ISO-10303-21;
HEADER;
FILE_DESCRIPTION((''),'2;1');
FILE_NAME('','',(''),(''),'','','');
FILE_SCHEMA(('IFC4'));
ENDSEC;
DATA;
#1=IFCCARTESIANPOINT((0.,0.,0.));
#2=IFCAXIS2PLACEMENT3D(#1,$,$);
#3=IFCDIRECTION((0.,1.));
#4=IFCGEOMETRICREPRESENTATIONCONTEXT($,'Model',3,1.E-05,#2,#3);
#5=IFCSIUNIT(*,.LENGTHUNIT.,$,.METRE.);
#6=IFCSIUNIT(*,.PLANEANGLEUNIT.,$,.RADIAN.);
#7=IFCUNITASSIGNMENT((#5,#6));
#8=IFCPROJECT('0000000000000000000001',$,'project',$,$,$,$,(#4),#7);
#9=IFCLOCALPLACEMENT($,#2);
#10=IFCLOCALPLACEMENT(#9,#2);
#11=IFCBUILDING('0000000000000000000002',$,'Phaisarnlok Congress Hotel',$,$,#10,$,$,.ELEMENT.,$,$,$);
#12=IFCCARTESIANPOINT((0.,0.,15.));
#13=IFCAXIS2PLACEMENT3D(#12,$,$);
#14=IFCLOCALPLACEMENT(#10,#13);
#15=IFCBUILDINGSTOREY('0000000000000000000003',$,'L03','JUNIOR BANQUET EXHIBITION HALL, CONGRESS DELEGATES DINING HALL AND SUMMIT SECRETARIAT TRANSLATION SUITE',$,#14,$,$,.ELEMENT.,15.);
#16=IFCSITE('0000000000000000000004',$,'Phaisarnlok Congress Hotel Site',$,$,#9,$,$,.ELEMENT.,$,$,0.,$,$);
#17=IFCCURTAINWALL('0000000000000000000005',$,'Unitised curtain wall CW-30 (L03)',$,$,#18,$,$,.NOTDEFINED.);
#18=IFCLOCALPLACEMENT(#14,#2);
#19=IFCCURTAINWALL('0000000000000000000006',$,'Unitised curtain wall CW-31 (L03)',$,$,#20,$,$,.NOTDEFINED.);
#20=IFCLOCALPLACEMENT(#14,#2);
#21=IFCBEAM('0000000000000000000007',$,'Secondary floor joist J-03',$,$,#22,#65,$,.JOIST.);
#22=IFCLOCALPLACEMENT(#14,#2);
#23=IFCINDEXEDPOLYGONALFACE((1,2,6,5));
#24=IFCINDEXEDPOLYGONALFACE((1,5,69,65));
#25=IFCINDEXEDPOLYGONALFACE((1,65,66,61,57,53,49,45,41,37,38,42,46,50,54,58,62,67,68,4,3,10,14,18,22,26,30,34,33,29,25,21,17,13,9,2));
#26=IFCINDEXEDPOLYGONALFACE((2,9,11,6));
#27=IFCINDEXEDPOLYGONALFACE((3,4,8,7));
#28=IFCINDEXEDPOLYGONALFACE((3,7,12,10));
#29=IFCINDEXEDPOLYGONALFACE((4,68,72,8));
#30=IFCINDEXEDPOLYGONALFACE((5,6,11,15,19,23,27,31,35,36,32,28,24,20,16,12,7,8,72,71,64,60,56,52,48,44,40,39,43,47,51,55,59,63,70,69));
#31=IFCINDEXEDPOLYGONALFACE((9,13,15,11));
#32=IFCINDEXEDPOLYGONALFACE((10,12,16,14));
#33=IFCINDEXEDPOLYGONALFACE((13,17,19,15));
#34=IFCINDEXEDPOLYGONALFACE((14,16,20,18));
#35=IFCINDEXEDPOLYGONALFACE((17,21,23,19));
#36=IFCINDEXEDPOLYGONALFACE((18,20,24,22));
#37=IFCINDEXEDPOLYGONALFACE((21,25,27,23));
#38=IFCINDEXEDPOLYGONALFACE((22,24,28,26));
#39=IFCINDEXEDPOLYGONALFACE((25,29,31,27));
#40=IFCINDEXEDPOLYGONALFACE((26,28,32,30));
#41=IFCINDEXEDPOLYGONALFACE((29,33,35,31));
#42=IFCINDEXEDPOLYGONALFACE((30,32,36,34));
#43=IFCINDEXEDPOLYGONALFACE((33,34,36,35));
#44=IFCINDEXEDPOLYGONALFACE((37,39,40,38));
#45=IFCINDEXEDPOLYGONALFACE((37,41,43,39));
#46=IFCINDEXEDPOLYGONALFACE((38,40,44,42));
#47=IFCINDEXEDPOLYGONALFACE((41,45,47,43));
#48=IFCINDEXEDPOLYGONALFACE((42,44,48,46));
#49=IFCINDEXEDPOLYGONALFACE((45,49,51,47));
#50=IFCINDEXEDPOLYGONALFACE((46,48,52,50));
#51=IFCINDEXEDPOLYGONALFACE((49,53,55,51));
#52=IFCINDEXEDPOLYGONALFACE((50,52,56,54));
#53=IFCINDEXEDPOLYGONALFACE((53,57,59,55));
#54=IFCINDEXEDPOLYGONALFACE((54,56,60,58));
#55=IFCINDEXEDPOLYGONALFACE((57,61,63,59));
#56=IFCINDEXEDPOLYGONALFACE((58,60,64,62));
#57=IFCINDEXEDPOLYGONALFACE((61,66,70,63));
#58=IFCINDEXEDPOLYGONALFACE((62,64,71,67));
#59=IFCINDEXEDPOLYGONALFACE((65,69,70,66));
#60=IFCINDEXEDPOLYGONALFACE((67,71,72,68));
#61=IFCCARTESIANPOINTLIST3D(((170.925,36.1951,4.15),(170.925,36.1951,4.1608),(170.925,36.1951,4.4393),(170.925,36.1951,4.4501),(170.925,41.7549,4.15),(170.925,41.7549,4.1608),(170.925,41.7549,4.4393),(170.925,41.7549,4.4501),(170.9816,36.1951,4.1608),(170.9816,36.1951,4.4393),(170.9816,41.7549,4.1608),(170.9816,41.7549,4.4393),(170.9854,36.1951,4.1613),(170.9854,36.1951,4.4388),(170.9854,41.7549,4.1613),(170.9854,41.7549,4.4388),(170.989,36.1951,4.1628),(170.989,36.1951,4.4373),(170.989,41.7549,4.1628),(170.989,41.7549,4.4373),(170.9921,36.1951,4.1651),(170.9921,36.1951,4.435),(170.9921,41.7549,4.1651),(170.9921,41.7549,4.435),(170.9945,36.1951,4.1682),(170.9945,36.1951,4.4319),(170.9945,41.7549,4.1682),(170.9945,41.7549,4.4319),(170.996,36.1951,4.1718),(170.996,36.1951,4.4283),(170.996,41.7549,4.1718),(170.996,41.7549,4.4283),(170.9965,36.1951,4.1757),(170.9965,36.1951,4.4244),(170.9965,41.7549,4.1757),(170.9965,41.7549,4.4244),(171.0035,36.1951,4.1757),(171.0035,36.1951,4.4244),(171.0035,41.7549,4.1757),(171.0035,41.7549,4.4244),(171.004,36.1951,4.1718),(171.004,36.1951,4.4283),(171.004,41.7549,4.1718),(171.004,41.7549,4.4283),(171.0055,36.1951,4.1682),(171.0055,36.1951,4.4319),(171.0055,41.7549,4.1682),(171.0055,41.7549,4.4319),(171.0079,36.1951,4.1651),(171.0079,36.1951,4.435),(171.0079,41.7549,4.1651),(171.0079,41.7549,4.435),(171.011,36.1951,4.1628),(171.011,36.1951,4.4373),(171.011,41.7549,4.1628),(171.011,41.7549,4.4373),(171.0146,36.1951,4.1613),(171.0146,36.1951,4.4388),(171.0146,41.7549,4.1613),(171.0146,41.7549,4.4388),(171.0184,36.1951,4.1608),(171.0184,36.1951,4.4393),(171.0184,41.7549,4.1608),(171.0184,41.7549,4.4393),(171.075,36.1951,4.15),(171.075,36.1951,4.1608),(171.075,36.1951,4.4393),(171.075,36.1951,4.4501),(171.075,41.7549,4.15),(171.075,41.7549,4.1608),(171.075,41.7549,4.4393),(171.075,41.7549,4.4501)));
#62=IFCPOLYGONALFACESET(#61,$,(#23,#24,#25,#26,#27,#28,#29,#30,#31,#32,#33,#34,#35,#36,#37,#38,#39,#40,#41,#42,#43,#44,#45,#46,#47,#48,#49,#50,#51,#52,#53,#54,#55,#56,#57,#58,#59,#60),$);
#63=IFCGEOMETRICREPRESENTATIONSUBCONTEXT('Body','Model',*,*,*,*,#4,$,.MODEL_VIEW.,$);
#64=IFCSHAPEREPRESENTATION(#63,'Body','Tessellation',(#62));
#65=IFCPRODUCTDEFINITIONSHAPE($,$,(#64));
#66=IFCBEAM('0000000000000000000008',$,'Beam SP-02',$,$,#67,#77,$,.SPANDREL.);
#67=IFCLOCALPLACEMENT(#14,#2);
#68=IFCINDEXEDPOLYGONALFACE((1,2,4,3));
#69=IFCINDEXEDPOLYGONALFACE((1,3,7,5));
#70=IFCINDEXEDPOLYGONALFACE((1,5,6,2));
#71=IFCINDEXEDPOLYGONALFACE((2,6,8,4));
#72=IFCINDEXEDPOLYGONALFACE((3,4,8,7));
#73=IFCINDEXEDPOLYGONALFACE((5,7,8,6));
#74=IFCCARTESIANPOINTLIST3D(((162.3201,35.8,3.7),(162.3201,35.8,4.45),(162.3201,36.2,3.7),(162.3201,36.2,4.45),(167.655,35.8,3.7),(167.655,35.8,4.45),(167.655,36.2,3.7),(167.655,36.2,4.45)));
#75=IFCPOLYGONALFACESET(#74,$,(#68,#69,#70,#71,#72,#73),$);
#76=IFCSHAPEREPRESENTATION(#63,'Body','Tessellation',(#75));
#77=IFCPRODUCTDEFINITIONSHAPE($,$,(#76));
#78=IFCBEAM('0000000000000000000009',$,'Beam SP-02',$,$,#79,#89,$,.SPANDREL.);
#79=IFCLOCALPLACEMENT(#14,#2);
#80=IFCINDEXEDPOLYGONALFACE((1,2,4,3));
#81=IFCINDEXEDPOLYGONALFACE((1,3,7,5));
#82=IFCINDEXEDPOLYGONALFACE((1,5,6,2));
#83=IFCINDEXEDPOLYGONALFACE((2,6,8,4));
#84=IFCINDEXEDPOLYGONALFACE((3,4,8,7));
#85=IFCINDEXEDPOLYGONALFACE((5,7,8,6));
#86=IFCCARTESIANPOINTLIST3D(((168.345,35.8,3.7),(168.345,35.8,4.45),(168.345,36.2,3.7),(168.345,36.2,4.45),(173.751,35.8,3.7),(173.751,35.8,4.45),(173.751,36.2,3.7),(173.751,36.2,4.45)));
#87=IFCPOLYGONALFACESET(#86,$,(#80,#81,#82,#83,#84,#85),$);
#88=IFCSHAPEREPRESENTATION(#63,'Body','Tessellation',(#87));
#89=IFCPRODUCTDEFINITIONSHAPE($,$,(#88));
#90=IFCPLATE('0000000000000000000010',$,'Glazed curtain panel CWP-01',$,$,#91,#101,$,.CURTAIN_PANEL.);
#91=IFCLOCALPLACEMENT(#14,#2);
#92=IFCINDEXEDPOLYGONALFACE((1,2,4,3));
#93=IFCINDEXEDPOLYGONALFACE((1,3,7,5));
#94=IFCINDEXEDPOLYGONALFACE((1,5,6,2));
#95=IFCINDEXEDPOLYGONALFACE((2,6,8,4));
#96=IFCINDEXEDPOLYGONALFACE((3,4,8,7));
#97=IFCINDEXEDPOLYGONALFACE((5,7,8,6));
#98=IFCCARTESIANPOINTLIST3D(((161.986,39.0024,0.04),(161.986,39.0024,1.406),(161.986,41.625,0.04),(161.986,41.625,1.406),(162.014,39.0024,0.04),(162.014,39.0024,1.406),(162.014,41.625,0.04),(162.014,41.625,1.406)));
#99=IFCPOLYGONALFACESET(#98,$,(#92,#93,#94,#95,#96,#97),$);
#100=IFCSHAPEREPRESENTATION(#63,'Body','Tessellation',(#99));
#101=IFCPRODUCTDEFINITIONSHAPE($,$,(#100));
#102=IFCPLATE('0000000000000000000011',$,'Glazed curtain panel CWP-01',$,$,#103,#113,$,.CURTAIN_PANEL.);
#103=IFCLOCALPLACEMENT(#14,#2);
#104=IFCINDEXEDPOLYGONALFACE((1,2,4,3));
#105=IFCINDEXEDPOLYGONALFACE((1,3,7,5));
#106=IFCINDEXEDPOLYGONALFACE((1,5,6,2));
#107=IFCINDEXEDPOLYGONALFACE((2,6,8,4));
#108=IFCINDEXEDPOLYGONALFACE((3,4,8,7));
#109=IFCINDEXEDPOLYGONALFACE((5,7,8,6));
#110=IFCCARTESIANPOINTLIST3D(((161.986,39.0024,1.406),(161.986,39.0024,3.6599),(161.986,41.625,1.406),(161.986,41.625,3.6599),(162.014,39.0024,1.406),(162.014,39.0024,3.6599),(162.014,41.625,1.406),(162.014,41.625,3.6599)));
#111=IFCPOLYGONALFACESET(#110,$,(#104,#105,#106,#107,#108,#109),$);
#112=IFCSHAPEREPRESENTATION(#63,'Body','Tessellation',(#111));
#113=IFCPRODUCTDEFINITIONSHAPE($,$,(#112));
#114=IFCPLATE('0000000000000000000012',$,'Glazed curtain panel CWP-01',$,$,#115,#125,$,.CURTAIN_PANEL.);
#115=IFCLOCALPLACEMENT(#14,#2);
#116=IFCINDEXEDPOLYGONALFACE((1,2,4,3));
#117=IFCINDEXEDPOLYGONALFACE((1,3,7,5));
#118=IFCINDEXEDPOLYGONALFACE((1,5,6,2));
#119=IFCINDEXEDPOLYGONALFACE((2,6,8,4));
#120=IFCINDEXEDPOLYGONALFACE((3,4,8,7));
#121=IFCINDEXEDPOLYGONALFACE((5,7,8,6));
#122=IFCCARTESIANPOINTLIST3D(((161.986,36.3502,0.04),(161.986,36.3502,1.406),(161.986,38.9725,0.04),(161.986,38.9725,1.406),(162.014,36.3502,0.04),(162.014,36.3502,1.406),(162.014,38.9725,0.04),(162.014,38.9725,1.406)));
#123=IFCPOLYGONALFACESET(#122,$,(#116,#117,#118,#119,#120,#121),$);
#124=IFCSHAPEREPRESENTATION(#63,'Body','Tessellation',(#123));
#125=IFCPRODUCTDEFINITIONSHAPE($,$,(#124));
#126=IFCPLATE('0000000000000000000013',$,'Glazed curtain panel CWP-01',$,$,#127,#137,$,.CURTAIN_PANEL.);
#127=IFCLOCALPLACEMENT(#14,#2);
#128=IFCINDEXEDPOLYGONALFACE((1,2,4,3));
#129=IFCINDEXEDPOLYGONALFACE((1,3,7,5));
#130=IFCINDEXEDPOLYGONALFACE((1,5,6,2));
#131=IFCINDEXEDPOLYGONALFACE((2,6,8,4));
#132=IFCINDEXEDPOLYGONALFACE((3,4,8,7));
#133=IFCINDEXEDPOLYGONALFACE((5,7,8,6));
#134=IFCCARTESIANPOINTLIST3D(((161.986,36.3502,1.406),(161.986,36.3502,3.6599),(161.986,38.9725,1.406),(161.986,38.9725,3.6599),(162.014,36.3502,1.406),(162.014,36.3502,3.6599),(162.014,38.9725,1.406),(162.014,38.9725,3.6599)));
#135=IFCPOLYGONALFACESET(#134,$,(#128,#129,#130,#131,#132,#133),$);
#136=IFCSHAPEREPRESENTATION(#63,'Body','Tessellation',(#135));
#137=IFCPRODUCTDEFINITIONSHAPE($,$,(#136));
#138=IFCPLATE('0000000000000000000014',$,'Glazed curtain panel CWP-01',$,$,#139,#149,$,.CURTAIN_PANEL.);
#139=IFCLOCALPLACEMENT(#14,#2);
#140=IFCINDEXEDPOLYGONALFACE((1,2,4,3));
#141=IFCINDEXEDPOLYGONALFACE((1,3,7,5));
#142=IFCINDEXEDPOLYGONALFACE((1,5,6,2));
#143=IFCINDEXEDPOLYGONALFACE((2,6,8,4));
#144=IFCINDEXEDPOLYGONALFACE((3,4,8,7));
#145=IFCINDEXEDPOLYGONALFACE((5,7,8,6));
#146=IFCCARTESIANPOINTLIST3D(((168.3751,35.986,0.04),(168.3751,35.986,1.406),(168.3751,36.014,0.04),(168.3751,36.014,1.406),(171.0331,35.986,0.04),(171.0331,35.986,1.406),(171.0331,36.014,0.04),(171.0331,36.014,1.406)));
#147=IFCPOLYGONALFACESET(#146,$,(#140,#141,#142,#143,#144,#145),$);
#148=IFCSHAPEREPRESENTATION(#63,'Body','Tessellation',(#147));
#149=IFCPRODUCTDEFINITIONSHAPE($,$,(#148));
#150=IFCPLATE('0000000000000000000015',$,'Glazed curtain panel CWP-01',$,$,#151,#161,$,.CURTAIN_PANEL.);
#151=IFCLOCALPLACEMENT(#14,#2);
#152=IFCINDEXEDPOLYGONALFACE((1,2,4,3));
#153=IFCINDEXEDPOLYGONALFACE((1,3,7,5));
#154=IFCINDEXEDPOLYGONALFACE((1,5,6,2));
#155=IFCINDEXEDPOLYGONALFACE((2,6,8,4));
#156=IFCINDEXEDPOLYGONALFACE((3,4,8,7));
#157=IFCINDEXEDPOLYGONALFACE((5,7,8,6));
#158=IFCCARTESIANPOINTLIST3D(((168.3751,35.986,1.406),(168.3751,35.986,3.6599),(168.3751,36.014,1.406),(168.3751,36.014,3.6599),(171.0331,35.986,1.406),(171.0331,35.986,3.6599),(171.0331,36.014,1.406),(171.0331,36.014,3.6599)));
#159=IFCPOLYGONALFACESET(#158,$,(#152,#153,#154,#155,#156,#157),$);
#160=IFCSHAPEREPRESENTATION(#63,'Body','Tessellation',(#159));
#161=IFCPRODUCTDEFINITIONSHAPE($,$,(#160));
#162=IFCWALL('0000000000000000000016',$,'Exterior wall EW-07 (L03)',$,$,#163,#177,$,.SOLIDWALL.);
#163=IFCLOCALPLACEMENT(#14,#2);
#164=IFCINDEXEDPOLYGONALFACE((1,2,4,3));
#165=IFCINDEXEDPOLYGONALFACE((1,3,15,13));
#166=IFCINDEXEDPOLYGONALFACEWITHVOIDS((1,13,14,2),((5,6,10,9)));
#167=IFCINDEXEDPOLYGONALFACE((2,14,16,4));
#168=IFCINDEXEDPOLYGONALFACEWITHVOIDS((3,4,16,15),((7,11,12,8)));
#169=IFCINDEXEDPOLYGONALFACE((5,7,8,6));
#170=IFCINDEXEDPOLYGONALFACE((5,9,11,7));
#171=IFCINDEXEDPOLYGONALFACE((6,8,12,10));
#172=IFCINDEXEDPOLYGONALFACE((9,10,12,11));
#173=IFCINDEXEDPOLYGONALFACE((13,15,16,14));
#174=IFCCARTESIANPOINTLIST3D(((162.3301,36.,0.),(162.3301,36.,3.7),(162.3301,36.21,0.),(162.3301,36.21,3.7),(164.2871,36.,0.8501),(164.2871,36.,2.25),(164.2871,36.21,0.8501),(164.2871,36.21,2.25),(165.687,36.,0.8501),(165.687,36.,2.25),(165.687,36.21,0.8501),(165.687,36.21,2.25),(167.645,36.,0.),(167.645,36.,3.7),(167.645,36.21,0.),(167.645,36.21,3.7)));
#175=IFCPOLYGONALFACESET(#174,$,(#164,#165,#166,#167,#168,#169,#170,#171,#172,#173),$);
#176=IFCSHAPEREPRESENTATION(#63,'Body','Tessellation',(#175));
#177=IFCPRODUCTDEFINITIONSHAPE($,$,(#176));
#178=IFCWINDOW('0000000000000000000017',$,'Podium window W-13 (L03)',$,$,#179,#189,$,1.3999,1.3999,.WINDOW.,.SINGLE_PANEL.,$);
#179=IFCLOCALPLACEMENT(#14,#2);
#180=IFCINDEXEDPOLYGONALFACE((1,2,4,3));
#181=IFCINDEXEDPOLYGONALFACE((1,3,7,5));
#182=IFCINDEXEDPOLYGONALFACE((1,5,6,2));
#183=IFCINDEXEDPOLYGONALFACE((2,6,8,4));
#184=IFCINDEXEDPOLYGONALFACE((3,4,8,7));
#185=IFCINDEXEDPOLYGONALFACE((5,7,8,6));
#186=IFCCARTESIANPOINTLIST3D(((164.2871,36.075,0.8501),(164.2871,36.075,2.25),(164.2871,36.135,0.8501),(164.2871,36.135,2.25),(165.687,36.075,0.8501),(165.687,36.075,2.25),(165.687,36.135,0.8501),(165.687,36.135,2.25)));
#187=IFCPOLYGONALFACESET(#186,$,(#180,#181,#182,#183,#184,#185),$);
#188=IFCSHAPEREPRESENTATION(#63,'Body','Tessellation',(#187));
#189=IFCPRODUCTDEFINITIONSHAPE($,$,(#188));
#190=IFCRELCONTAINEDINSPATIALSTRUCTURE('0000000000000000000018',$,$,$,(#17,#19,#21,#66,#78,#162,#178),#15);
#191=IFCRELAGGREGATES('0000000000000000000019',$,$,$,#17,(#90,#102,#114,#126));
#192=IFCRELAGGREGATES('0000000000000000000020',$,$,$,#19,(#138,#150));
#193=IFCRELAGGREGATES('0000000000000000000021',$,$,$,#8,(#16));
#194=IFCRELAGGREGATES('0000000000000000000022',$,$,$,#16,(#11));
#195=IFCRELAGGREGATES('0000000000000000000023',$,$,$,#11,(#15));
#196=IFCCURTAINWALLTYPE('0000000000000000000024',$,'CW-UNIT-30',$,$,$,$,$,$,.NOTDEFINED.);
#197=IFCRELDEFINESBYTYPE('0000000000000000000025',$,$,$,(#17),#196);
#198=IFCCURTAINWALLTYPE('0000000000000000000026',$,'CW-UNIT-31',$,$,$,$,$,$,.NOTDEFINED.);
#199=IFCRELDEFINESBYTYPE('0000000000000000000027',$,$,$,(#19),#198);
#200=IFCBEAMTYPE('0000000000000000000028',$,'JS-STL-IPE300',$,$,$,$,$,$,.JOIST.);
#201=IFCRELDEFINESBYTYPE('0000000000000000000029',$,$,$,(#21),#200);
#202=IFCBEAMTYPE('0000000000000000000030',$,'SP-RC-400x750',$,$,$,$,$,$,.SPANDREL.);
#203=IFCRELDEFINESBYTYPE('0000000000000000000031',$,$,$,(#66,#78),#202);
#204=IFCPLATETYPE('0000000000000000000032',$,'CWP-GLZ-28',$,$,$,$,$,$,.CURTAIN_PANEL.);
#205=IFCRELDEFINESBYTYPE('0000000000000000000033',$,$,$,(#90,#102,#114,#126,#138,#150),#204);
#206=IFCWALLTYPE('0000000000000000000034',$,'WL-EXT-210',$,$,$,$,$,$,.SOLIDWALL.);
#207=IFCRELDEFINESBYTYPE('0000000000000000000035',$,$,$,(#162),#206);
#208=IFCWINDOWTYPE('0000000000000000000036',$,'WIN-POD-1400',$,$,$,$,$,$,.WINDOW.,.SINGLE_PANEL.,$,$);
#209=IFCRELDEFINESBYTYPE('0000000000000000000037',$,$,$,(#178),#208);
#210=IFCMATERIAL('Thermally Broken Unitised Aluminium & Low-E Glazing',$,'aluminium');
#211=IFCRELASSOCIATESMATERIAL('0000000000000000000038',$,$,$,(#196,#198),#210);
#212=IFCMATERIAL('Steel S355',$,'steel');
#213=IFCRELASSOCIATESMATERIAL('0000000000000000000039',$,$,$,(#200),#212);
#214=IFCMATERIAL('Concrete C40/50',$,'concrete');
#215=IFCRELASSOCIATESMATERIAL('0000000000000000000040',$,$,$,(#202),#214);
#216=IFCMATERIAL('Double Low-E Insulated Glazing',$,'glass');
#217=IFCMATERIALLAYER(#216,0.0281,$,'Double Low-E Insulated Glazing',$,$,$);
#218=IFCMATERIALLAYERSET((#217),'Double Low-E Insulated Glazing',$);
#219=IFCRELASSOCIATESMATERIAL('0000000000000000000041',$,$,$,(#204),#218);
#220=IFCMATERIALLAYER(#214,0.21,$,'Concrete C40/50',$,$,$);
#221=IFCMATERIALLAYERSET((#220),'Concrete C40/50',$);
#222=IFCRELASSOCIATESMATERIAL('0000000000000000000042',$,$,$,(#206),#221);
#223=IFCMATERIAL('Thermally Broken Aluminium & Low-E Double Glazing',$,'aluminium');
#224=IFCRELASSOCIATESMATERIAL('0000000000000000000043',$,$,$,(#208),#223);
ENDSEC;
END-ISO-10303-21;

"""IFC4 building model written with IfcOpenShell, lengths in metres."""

from ifc_helpers import new_model, si_unit, direction, frame, frame_2d, origin, origin_2d, place, context, subcontext, project, spatial, rectangle, i_section, extrude, material, layer, layer_set, material_profile, profile_set, type_object, element, fill, aggregate, save


model = new_model("IFC4")

# Units and contexts
model_context = context("Model", 3, precision=1e-05, world=origin(), true_north=direction((0.0, 1.0)))
body_context = subcontext(model_context, "Body", "Model", "MODEL_VIEW")
ifc_project = project(units=[si_unit("LENGTHUNIT", "METRE"), si_unit("PLANEANGLEUNIT", "RADIAN")], contexts=[model_context])

# Site, building, storey
site_placement = place(None, origin())
site = spatial("IfcSite", under=ifc_project, at=site_placement, Name="Phaisarnlok Congress Hotel Site", CompositionType="ELEMENT", RefElevation=0.0)
building_placement = place(site_placement, origin())
building = spatial("IfcBuilding", under=site, at=building_placement, Name="Phaisarnlok Congress Hotel", CompositionType="ELEMENT")
storey_placement = place(building_placement, frame((0.0, 0.0, 15.0)))
storey = spatial("IfcBuildingStorey", under=building, at=storey_placement, Name="L03", Description="JUNIOR BANQUET EXHIBITION HALL, CONGRESS DELEGATES DINING HALL AND SUMMIT SECRETARIAT TRANSLATION SUITE", CompositionType="ELEMENT", Elevation=15.0)

# Shared definitions
ifc_material_1 = material(Name="Concrete C40/50", Category="concrete")

# Curtain walls
ifc_material_2 = material(Name="Thermally Broken Unitised Aluminium & Low-E Glazing", Category="aluminium")
curtain_wall_type_1 = type_object("IfcCurtainWallType", Name="CW-UNIT-30", PredefinedType="NOTDEFINED", material=ifc_material_2)
curtain_wall_1_placement = place(storey_placement, origin())
curtain_wall_1 = element("IfcCurtainWall", 1, at=curtain_wall_1_placement, inside=storey, type_object=curtain_wall_type_1, Name="Unitised curtain wall CW-30 (L03)", PredefinedType="NOTDEFINED")
curtain_wall_type_2 = type_object("IfcCurtainWallType", Name="CW-UNIT-31", PredefinedType="NOTDEFINED", material=ifc_material_2)
curtain_wall_2_placement = place(storey_placement, origin())
curtain_wall_2 = element("IfcCurtainWall", 2, at=curtain_wall_2_placement, inside=storey, type_object=curtain_wall_type_2, Name="Unitised curtain wall CW-31 (L03)", PredefinedType="NOTDEFINED")

# Beams
ifc_material_3 = material(Name="Steel S355", Category="steel")
ifc_material_profile_1 = material_profile(ifc_material_3, i_section(OverallWidth=0.1499, OverallDepth=0.3, WebThickness=0.0071, FlangeThickness=0.0107, FilletRadius=0.0149, at=origin_2d()), Name="IPE 300")
ifc_profile_set_1 = profile_set([ifc_material_profile_1], Name="Steel S355")
beam_type_1 = type_object("IfcBeamType", Name="JS-STL-IPE300", PredefinedType="JOIST", material=ifc_profile_set_1)
for number, where, z_axis, x_axis, name in (
    (3, (171.0, 36.1951, 4.3), (0.0, 1.0, 0.0), (-1.0, 0.0, 0.0), "Secondary floor joist J-03"),
):
    element("IfcBeam", number, at=place(storey_placement, frame(where, z_axis=z_axis, x_axis=x_axis)), inside=storey, type_object=beam_type_1, Name=name, PredefinedType="JOIST", context=body_context, shape_type="SweptSolid", body=[
        extrude(i_section(OverallWidth=0.1499, OverallDepth=0.3, WebThickness=0.0071, FlangeThickness=0.0107, FilletRadius=0.0149, at=origin_2d()), origin(), (0.0, 0.0, 1.0), 5.5598),
    ])
ifc_material_profile_2 = material_profile(ifc_material_1, rectangle(XDim=0.3999, YDim=0.75, at=origin_2d()), Name="RC 400x750")
ifc_profile_set_2 = profile_set([ifc_material_profile_2], Name="Concrete C40/50")
beam_type_2 = type_object("IfcBeamType", Name="SP-RC-400x750", PredefinedType="SPANDREL", material=ifc_profile_set_2)
beam_1_placement = place(storey_placement, frame((162.3201, 36.0, 4.075), z_axis=(1.0, 0.0, 0.0), x_axis=(0.0, 1.0, 0.0)))
element("IfcBeam", 4, at=beam_1_placement, inside=storey, type_object=beam_type_2, Name="Beam SP-02", PredefinedType="SPANDREL", context=body_context, shape_type="SweptSolid", body=[
    extrude(rectangle(XDim=0.3999, YDim=0.75, at=origin_2d()), origin(), (0.0, 0.0, 1.0), 5.335),
])
beam_2_placement = place(storey_placement, frame((168.345, 36.0, 4.075), z_axis=(1.0, 0.0, 0.0), x_axis=(0.0, 1.0, 0.0)))
element("IfcBeam", 5, at=beam_2_placement, inside=storey, type_object=beam_type_2, Name="Beam SP-02", PredefinedType="SPANDREL", context=body_context, shape_type="SweptSolid", body=[
    extrude(rectangle(XDim=0.3999, YDim=0.75, at=origin_2d()), origin(), (0.0, 0.0, 1.0), 5.406),
])

# Plates
ifc_material_4 = material(Name="Double Low-E Insulated Glazing", Category="glass")
ifc_layer_1 = layer(ifc_material_4, 0.0281, Name="Double Low-E Insulated Glazing")
ifc_layer_set_1 = layer_set([ifc_layer_1], Name="Double Low-E Insulated Glazing")
plate_type = type_object("IfcPlateType", Name="CWP-GLZ-28", PredefinedType="CURTAIN_PANEL", material=ifc_layer_set_1)
plate_1_placement = place(storey_placement, frame((162.0, 41.625, 0.04), z_axis=(0.0, 0.0, 1.0), x_axis=(0.0, -1.0, 0.0)))
plate_1 = element("IfcPlate", 6, at=plate_1_placement, type_object=plate_type, Name="Glazed curtain panel CWP-01", PredefinedType="CURTAIN_PANEL", context=body_context, shape_type="SweptSolid", body=[
    extrude(rectangle(XDim=2.6226, YDim=0.0281, at=frame_2d((1.3113, 0.0))), origin(), (0.0, 0.0, 1.0), 1.366),
])
plate_2_placement = place(storey_placement, frame((162.0, 41.625, 1.406), z_axis=(0.0, 0.0, 1.0), x_axis=(0.0, -1.0, 0.0)))
plate_2 = element("IfcPlate", 7, at=plate_2_placement, type_object=plate_type, Name="Glazed curtain panel CWP-01", PredefinedType="CURTAIN_PANEL", context=body_context, shape_type="SweptSolid", body=[
    extrude(rectangle(XDim=2.6226, YDim=0.0281, at=frame_2d((1.3113, 0.0))), origin(), (0.0, 0.0, 1.0), 2.2539),
])
plate_3_placement = place(storey_placement, frame((162.0, 38.9724, 0.04), z_axis=(0.0, 0.0, 1.0), x_axis=(0.0, -1.0, 0.0)))
plate_3 = element("IfcPlate", 8, at=plate_3_placement, type_object=plate_type, Name="Glazed curtain panel CWP-01", PredefinedType="CURTAIN_PANEL", context=body_context, shape_type="SweptSolid", body=[
    extrude(rectangle(XDim=2.6223, YDim=0.0281, at=frame_2d((1.311, 0.0))), origin(), (0.0, 0.0, 1.0), 1.366),
])
plate_4_placement = place(storey_placement, frame((162.0, 38.9724, 1.406), z_axis=(0.0, 0.0, 1.0), x_axis=(0.0, -1.0, 0.0)))
plate_4 = element("IfcPlate", 9, at=plate_4_placement, type_object=plate_type, Name="Glazed curtain panel CWP-01", PredefinedType="CURTAIN_PANEL", context=body_context, shape_type="SweptSolid", body=[
    extrude(rectangle(XDim=2.6223, YDim=0.0281, at=frame_2d((1.311, 0.0))), origin(), (0.0, 0.0, 1.0), 2.2539),
])
aggregate(curtain_wall_1, [plate_1, plate_2, plate_3, plate_4])
plate_5_placement = place(storey_placement, frame((168.375, 36.0, 0.04), z_axis=(0.0, 0.0, 1.0), x_axis=(1.0, 0.0, 0.0)))
plate_5 = element("IfcPlate", 10, at=plate_5_placement, type_object=plate_type, Name="Glazed curtain panel CWP-01", PredefinedType="CURTAIN_PANEL", context=body_context, shape_type="SweptSolid", body=[
    extrude(rectangle(XDim=2.658, YDim=0.0281, at=frame_2d((1.3291, 0.0))), origin(), (0.0, 0.0, 1.0), 1.366),
])
plate_6_placement = place(storey_placement, frame((168.375, 36.0, 1.406), z_axis=(0.0, 0.0, 1.0), x_axis=(1.0, 0.0, 0.0)))
plate_6 = element("IfcPlate", 11, at=plate_6_placement, type_object=plate_type, Name="Glazed curtain panel CWP-01", PredefinedType="CURTAIN_PANEL", context=body_context, shape_type="SweptSolid", body=[
    extrude(rectangle(XDim=2.658, YDim=0.0281, at=frame_2d((1.3291, 0.0))), origin(), (0.0, 0.0, 1.0), 2.2539),
])
aggregate(curtain_wall_2, [plate_5, plate_6])

# Wall, opening, window
ifc_layer_2 = layer(ifc_material_1, 0.21, Name="Concrete C40/50")
ifc_layer_set_2 = layer_set([ifc_layer_2], Name="Concrete C40/50")
wall_type_1 = type_object("IfcWallType", Name="WL-EXT-210", PredefinedType="SOLIDWALL", material=ifc_layer_set_2)
wall_1_placement = place(storey_placement, frame((162.3301, 36.105, 0.0), z_axis=(0.0, 0.0, 1.0), x_axis=(1.0, 0.0, 0.0)))
wall_1 = element("IfcWall", 12, at=wall_1_placement, inside=storey, type_object=wall_type_1, Name="Exterior wall EW-07 (L03)", PredefinedType="SOLIDWALL", context=body_context, shape_type="SweptSolid", body=[
    extrude(rectangle(XDim=5.3149, YDim=0.21, at=frame_2d((2.6575, 0.0))), origin(), (0.0, 0.0, 1.0), 3.7),
])
opening_placement = place(wall_1_placement, frame((1.957, 0.0, 0.8501)))
opening = element("IfcOpeningElement", 13, at=opening_placement, cuts=wall_1, PredefinedType="OPENING", context=body_context, shape_type="SweptSolid", body=[
    extrude(rectangle(XDim=1.3999, YDim=1.3999, at=frame_2d((0.7, 0.7))), frame((0.0, 0.115, 0.0), z_axis=(0.0, -1.0, 0.0), x_axis=(1.0, 0.0, 0.0)), (0.0, 0.0, 1.0), 0.23),
])
ifc_material_5 = material(Name="Thermally Broken Aluminium & Low-E Double Glazing", Category="aluminium")
window_type = type_object("IfcWindowType", Name="WIN-POD-1400", PartitioningType="SINGLE_PANEL", PredefinedType="WINDOW", material=ifc_material_5)
window_placement = place(opening_placement, origin())
window = element("IfcWindow", 14, at=window_placement, inside=storey, type_object=window_type, Name="Podium window W-13 (L03)", OverallHeight=1.3999, OverallWidth=1.3999, PartitioningType="SINGLE_PANEL", PredefinedType="WINDOW", context=body_context, shape_type="SweptSolid", body=[
    extrude(rectangle(XDim=1.3999, YDim=1.3999, at=frame_2d((0.7, 0.7))), frame((0.0, 0.03, 0.0), z_axis=(0.0, -1.0, 0.0), x_axis=(1.0, 0.0, 0.0)), (0.0, 0.0, 1.0), 0.0601),
])
fill(opening, window)

save(model, "model.ifc")
